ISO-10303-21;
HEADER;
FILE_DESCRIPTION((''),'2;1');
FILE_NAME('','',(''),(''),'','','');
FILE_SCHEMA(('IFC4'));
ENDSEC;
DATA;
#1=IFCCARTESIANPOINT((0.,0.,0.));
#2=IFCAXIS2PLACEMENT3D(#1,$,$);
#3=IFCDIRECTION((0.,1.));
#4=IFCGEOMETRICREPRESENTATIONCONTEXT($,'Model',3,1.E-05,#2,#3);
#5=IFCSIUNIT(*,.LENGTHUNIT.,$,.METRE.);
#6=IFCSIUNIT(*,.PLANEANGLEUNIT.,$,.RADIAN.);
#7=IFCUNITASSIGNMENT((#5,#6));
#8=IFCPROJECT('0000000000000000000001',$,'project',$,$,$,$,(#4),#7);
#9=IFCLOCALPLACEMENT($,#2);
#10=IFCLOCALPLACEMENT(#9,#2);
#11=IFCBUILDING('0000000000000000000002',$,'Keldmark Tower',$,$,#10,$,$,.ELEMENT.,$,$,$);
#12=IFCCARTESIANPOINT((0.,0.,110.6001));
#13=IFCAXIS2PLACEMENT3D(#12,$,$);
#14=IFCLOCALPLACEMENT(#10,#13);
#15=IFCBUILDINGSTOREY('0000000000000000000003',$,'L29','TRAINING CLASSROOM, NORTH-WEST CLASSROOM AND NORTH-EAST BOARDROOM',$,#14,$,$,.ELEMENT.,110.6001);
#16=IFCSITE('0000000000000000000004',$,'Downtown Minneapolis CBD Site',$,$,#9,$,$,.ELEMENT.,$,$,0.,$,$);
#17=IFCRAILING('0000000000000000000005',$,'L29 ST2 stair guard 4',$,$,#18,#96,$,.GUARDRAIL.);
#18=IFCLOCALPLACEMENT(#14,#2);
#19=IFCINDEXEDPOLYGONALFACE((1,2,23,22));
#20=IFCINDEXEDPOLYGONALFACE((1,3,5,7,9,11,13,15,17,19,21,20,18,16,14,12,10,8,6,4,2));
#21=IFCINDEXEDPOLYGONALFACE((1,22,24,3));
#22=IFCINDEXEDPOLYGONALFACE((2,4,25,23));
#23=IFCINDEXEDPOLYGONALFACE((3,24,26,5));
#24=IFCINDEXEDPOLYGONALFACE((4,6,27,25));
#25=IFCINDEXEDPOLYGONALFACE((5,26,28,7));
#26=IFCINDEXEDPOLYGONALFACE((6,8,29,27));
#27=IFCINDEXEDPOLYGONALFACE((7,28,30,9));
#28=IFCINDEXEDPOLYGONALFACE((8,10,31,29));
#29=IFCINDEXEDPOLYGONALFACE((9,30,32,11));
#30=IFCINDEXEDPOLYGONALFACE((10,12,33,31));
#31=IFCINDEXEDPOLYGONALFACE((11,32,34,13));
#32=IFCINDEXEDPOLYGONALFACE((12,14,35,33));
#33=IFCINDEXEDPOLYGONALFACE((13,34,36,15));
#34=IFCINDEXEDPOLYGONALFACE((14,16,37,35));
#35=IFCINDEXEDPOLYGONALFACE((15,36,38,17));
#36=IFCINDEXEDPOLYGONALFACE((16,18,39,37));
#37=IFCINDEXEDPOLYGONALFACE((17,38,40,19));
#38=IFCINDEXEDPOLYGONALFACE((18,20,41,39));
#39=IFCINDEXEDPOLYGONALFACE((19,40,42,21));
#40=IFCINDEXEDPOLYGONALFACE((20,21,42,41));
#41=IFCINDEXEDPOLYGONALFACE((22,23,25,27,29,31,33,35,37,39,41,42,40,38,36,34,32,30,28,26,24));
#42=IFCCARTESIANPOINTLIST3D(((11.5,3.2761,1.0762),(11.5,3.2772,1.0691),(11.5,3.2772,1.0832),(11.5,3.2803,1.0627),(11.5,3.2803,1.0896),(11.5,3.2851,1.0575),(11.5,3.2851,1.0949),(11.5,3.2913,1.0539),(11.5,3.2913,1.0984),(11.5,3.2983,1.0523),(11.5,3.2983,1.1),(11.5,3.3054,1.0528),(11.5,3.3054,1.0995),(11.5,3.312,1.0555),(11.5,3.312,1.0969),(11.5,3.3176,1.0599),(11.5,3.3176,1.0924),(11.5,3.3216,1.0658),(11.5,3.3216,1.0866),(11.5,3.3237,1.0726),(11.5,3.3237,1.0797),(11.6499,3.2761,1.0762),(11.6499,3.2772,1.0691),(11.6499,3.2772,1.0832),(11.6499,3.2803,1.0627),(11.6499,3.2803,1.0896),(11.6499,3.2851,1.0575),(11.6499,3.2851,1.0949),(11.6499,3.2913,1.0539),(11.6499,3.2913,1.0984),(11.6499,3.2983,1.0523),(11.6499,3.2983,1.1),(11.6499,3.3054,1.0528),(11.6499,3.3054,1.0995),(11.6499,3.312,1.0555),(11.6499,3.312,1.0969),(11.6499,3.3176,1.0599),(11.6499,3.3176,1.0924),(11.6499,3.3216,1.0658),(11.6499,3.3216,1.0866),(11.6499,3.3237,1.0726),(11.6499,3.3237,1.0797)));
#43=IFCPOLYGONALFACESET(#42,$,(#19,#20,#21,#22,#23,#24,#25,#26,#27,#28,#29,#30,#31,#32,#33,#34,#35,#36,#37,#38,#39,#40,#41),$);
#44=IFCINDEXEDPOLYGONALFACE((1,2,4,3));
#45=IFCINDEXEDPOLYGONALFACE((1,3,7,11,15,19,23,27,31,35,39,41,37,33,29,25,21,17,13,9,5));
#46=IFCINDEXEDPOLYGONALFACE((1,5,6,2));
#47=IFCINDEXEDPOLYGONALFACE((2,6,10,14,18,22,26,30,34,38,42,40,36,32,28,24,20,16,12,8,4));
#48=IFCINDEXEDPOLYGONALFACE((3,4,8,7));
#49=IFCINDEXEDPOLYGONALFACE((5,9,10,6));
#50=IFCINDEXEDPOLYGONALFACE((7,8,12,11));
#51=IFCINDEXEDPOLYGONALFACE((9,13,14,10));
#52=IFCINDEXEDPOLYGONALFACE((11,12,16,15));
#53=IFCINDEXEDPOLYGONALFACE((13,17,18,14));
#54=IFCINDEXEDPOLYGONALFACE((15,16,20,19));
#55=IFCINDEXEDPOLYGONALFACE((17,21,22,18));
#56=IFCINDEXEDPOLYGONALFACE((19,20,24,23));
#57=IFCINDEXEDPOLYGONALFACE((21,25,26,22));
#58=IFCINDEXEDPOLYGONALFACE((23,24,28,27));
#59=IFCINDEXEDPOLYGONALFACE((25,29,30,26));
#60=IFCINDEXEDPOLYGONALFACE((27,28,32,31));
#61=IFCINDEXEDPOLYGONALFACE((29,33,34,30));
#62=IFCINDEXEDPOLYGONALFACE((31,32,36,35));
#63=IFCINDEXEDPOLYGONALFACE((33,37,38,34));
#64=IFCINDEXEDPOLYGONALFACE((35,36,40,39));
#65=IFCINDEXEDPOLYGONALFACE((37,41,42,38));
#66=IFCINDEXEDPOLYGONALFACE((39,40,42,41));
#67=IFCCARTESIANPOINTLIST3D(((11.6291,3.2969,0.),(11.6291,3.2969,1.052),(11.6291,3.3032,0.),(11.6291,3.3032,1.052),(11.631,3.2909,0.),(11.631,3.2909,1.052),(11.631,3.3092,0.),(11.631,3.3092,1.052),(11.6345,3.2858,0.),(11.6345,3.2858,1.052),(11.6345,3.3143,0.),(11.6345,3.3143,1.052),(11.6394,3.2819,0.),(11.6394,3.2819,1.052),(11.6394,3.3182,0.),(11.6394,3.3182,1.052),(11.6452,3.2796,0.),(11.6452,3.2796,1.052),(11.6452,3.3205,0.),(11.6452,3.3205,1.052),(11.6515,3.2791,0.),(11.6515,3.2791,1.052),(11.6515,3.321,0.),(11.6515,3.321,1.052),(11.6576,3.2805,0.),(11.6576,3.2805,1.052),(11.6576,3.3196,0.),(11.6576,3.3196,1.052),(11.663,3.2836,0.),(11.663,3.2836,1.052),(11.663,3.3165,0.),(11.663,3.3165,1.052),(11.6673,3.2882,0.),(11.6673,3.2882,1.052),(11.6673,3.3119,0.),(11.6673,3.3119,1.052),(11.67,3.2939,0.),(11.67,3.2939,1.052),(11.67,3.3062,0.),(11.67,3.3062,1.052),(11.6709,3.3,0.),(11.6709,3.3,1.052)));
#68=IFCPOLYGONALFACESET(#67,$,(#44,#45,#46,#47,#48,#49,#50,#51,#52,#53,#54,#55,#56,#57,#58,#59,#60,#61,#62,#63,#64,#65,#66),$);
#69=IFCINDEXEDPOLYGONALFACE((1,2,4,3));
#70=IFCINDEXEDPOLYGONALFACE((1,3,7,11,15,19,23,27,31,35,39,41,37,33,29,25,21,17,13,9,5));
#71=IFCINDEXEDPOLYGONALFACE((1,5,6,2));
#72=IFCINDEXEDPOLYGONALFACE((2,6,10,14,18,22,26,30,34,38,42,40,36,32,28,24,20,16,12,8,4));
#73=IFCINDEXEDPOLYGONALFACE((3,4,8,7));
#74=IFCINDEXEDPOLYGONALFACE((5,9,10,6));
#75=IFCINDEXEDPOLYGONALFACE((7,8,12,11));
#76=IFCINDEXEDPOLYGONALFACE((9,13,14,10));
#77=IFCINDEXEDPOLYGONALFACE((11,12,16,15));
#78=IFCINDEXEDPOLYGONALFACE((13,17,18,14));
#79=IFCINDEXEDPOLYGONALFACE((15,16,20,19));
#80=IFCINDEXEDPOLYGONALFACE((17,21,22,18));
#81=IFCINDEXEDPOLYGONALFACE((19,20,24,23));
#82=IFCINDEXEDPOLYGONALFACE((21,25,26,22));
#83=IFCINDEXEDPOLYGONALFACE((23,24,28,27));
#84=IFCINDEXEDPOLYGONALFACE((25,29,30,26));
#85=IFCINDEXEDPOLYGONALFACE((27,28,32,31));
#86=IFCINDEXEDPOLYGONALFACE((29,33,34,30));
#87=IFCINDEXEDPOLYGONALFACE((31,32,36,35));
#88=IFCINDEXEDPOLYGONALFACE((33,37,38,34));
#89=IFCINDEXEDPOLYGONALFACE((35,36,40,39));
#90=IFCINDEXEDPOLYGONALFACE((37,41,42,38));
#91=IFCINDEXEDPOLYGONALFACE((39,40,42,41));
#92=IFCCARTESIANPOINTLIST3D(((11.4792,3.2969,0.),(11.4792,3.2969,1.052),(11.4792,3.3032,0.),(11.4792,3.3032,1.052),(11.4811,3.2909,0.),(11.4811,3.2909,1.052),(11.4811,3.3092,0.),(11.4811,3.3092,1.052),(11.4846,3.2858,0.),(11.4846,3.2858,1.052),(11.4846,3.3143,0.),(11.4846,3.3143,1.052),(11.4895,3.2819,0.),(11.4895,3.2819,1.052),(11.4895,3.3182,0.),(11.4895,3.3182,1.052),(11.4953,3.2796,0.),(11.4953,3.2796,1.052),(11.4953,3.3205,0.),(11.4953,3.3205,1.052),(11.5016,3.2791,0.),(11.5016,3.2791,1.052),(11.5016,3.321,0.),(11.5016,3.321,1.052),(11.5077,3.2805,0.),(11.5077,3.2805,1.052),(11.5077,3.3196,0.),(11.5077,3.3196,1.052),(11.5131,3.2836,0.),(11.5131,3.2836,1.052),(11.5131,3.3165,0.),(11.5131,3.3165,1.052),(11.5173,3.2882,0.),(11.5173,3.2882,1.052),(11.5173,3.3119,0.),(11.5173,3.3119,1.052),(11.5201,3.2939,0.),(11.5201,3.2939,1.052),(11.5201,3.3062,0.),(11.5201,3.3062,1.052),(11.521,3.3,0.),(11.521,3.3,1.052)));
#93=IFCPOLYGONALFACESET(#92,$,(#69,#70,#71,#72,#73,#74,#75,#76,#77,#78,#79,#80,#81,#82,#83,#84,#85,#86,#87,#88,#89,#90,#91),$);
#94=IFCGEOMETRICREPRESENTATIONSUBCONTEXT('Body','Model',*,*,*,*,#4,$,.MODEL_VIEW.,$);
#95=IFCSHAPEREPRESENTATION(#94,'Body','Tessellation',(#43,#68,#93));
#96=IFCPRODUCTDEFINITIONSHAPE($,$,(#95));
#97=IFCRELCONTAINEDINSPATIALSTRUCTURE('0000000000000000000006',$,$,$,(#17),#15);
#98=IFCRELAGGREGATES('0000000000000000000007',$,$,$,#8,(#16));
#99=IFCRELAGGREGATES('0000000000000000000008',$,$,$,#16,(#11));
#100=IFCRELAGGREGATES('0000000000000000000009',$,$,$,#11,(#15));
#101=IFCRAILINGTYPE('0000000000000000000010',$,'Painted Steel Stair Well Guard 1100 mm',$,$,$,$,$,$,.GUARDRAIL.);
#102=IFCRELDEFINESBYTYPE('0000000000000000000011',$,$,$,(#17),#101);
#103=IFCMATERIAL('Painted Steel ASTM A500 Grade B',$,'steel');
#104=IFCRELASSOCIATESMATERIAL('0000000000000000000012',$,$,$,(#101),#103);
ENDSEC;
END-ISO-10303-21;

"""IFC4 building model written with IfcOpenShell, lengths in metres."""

from ifc_helpers import new_model, si_unit, direction, frame, origin, origin_2d, place, context, subcontext, project, spatial, circle, extrude, material, type_object, element, save


model = new_model("IFC4")

# Units and contexts
model_context = context("Model", 3, precision=1e-05, world=origin(), true_north=direction((0.0, 1.0)))
body_context = subcontext(model_context, "Body", "Model", "MODEL_VIEW")
ifc_project = project(units=[si_unit("LENGTHUNIT", "METRE"), si_unit("PLANEANGLEUNIT", "RADIAN")], contexts=[model_context])

# Site, building, storey
site_placement = place(None, origin())
site = spatial("IfcSite", under=ifc_project, at=site_placement, Name="Downtown Minneapolis CBD Site", CompositionType="ELEMENT", RefElevation=0.0)
building_placement = place(site_placement, origin())
building = spatial("IfcBuilding", under=site, at=building_placement, Name="Keldmark Tower", CompositionType="ELEMENT")
storey_placement = place(building_placement, frame((0.0, 0.0, 110.6001)))
storey = spatial("IfcBuildingStorey", under=building, at=storey_placement, Name="L29", Description="TRAINING CLASSROOM, NORTH-WEST CLASSROOM AND NORTH-EAST BOARDROOM", CompositionType="ELEMENT", Elevation=110.6001)

# Railing
ifc_material_1 = material(Name="Painted Steel ASTM A500 Grade B", Category="steel")
railing_type_1 = type_object("IfcRailingType", Name="Painted Steel Stair Well Guard 1100 mm", PredefinedType="GUARDRAIL", material=ifc_material_1)
railing_1_placement = place(storey_placement, frame((11.6499, 3.3, 0.0)))
element("IfcRailing", 1, at=railing_1_placement, inside=storey, type_object=railing_type_1, Name="L29 ST2 stair guard 4", PredefinedType="GUARDRAIL", context=body_context, shape_type="SweptSolid", body=[
    extrude(circle(Radius=0.0239, at=origin_2d()), frame((0.0, 0.0, 1.0762), z_axis=(-1.0, 0.0, 0.0), x_axis=(0.0, -1.0, 0.0)), (0.0, 0.0, 1.0), 0.1499),
    extrude(circle(Radius=0.021, at=origin_2d()), origin(), (0.0, 0.0, 1.0), 1.052),
    extrude(circle(Radius=0.021, at=origin_2d()), frame((-0.1499, 0.0, 0.0)), (0.0, 0.0, 1.0), 1.052),
])

save(model, "model.ifc")
